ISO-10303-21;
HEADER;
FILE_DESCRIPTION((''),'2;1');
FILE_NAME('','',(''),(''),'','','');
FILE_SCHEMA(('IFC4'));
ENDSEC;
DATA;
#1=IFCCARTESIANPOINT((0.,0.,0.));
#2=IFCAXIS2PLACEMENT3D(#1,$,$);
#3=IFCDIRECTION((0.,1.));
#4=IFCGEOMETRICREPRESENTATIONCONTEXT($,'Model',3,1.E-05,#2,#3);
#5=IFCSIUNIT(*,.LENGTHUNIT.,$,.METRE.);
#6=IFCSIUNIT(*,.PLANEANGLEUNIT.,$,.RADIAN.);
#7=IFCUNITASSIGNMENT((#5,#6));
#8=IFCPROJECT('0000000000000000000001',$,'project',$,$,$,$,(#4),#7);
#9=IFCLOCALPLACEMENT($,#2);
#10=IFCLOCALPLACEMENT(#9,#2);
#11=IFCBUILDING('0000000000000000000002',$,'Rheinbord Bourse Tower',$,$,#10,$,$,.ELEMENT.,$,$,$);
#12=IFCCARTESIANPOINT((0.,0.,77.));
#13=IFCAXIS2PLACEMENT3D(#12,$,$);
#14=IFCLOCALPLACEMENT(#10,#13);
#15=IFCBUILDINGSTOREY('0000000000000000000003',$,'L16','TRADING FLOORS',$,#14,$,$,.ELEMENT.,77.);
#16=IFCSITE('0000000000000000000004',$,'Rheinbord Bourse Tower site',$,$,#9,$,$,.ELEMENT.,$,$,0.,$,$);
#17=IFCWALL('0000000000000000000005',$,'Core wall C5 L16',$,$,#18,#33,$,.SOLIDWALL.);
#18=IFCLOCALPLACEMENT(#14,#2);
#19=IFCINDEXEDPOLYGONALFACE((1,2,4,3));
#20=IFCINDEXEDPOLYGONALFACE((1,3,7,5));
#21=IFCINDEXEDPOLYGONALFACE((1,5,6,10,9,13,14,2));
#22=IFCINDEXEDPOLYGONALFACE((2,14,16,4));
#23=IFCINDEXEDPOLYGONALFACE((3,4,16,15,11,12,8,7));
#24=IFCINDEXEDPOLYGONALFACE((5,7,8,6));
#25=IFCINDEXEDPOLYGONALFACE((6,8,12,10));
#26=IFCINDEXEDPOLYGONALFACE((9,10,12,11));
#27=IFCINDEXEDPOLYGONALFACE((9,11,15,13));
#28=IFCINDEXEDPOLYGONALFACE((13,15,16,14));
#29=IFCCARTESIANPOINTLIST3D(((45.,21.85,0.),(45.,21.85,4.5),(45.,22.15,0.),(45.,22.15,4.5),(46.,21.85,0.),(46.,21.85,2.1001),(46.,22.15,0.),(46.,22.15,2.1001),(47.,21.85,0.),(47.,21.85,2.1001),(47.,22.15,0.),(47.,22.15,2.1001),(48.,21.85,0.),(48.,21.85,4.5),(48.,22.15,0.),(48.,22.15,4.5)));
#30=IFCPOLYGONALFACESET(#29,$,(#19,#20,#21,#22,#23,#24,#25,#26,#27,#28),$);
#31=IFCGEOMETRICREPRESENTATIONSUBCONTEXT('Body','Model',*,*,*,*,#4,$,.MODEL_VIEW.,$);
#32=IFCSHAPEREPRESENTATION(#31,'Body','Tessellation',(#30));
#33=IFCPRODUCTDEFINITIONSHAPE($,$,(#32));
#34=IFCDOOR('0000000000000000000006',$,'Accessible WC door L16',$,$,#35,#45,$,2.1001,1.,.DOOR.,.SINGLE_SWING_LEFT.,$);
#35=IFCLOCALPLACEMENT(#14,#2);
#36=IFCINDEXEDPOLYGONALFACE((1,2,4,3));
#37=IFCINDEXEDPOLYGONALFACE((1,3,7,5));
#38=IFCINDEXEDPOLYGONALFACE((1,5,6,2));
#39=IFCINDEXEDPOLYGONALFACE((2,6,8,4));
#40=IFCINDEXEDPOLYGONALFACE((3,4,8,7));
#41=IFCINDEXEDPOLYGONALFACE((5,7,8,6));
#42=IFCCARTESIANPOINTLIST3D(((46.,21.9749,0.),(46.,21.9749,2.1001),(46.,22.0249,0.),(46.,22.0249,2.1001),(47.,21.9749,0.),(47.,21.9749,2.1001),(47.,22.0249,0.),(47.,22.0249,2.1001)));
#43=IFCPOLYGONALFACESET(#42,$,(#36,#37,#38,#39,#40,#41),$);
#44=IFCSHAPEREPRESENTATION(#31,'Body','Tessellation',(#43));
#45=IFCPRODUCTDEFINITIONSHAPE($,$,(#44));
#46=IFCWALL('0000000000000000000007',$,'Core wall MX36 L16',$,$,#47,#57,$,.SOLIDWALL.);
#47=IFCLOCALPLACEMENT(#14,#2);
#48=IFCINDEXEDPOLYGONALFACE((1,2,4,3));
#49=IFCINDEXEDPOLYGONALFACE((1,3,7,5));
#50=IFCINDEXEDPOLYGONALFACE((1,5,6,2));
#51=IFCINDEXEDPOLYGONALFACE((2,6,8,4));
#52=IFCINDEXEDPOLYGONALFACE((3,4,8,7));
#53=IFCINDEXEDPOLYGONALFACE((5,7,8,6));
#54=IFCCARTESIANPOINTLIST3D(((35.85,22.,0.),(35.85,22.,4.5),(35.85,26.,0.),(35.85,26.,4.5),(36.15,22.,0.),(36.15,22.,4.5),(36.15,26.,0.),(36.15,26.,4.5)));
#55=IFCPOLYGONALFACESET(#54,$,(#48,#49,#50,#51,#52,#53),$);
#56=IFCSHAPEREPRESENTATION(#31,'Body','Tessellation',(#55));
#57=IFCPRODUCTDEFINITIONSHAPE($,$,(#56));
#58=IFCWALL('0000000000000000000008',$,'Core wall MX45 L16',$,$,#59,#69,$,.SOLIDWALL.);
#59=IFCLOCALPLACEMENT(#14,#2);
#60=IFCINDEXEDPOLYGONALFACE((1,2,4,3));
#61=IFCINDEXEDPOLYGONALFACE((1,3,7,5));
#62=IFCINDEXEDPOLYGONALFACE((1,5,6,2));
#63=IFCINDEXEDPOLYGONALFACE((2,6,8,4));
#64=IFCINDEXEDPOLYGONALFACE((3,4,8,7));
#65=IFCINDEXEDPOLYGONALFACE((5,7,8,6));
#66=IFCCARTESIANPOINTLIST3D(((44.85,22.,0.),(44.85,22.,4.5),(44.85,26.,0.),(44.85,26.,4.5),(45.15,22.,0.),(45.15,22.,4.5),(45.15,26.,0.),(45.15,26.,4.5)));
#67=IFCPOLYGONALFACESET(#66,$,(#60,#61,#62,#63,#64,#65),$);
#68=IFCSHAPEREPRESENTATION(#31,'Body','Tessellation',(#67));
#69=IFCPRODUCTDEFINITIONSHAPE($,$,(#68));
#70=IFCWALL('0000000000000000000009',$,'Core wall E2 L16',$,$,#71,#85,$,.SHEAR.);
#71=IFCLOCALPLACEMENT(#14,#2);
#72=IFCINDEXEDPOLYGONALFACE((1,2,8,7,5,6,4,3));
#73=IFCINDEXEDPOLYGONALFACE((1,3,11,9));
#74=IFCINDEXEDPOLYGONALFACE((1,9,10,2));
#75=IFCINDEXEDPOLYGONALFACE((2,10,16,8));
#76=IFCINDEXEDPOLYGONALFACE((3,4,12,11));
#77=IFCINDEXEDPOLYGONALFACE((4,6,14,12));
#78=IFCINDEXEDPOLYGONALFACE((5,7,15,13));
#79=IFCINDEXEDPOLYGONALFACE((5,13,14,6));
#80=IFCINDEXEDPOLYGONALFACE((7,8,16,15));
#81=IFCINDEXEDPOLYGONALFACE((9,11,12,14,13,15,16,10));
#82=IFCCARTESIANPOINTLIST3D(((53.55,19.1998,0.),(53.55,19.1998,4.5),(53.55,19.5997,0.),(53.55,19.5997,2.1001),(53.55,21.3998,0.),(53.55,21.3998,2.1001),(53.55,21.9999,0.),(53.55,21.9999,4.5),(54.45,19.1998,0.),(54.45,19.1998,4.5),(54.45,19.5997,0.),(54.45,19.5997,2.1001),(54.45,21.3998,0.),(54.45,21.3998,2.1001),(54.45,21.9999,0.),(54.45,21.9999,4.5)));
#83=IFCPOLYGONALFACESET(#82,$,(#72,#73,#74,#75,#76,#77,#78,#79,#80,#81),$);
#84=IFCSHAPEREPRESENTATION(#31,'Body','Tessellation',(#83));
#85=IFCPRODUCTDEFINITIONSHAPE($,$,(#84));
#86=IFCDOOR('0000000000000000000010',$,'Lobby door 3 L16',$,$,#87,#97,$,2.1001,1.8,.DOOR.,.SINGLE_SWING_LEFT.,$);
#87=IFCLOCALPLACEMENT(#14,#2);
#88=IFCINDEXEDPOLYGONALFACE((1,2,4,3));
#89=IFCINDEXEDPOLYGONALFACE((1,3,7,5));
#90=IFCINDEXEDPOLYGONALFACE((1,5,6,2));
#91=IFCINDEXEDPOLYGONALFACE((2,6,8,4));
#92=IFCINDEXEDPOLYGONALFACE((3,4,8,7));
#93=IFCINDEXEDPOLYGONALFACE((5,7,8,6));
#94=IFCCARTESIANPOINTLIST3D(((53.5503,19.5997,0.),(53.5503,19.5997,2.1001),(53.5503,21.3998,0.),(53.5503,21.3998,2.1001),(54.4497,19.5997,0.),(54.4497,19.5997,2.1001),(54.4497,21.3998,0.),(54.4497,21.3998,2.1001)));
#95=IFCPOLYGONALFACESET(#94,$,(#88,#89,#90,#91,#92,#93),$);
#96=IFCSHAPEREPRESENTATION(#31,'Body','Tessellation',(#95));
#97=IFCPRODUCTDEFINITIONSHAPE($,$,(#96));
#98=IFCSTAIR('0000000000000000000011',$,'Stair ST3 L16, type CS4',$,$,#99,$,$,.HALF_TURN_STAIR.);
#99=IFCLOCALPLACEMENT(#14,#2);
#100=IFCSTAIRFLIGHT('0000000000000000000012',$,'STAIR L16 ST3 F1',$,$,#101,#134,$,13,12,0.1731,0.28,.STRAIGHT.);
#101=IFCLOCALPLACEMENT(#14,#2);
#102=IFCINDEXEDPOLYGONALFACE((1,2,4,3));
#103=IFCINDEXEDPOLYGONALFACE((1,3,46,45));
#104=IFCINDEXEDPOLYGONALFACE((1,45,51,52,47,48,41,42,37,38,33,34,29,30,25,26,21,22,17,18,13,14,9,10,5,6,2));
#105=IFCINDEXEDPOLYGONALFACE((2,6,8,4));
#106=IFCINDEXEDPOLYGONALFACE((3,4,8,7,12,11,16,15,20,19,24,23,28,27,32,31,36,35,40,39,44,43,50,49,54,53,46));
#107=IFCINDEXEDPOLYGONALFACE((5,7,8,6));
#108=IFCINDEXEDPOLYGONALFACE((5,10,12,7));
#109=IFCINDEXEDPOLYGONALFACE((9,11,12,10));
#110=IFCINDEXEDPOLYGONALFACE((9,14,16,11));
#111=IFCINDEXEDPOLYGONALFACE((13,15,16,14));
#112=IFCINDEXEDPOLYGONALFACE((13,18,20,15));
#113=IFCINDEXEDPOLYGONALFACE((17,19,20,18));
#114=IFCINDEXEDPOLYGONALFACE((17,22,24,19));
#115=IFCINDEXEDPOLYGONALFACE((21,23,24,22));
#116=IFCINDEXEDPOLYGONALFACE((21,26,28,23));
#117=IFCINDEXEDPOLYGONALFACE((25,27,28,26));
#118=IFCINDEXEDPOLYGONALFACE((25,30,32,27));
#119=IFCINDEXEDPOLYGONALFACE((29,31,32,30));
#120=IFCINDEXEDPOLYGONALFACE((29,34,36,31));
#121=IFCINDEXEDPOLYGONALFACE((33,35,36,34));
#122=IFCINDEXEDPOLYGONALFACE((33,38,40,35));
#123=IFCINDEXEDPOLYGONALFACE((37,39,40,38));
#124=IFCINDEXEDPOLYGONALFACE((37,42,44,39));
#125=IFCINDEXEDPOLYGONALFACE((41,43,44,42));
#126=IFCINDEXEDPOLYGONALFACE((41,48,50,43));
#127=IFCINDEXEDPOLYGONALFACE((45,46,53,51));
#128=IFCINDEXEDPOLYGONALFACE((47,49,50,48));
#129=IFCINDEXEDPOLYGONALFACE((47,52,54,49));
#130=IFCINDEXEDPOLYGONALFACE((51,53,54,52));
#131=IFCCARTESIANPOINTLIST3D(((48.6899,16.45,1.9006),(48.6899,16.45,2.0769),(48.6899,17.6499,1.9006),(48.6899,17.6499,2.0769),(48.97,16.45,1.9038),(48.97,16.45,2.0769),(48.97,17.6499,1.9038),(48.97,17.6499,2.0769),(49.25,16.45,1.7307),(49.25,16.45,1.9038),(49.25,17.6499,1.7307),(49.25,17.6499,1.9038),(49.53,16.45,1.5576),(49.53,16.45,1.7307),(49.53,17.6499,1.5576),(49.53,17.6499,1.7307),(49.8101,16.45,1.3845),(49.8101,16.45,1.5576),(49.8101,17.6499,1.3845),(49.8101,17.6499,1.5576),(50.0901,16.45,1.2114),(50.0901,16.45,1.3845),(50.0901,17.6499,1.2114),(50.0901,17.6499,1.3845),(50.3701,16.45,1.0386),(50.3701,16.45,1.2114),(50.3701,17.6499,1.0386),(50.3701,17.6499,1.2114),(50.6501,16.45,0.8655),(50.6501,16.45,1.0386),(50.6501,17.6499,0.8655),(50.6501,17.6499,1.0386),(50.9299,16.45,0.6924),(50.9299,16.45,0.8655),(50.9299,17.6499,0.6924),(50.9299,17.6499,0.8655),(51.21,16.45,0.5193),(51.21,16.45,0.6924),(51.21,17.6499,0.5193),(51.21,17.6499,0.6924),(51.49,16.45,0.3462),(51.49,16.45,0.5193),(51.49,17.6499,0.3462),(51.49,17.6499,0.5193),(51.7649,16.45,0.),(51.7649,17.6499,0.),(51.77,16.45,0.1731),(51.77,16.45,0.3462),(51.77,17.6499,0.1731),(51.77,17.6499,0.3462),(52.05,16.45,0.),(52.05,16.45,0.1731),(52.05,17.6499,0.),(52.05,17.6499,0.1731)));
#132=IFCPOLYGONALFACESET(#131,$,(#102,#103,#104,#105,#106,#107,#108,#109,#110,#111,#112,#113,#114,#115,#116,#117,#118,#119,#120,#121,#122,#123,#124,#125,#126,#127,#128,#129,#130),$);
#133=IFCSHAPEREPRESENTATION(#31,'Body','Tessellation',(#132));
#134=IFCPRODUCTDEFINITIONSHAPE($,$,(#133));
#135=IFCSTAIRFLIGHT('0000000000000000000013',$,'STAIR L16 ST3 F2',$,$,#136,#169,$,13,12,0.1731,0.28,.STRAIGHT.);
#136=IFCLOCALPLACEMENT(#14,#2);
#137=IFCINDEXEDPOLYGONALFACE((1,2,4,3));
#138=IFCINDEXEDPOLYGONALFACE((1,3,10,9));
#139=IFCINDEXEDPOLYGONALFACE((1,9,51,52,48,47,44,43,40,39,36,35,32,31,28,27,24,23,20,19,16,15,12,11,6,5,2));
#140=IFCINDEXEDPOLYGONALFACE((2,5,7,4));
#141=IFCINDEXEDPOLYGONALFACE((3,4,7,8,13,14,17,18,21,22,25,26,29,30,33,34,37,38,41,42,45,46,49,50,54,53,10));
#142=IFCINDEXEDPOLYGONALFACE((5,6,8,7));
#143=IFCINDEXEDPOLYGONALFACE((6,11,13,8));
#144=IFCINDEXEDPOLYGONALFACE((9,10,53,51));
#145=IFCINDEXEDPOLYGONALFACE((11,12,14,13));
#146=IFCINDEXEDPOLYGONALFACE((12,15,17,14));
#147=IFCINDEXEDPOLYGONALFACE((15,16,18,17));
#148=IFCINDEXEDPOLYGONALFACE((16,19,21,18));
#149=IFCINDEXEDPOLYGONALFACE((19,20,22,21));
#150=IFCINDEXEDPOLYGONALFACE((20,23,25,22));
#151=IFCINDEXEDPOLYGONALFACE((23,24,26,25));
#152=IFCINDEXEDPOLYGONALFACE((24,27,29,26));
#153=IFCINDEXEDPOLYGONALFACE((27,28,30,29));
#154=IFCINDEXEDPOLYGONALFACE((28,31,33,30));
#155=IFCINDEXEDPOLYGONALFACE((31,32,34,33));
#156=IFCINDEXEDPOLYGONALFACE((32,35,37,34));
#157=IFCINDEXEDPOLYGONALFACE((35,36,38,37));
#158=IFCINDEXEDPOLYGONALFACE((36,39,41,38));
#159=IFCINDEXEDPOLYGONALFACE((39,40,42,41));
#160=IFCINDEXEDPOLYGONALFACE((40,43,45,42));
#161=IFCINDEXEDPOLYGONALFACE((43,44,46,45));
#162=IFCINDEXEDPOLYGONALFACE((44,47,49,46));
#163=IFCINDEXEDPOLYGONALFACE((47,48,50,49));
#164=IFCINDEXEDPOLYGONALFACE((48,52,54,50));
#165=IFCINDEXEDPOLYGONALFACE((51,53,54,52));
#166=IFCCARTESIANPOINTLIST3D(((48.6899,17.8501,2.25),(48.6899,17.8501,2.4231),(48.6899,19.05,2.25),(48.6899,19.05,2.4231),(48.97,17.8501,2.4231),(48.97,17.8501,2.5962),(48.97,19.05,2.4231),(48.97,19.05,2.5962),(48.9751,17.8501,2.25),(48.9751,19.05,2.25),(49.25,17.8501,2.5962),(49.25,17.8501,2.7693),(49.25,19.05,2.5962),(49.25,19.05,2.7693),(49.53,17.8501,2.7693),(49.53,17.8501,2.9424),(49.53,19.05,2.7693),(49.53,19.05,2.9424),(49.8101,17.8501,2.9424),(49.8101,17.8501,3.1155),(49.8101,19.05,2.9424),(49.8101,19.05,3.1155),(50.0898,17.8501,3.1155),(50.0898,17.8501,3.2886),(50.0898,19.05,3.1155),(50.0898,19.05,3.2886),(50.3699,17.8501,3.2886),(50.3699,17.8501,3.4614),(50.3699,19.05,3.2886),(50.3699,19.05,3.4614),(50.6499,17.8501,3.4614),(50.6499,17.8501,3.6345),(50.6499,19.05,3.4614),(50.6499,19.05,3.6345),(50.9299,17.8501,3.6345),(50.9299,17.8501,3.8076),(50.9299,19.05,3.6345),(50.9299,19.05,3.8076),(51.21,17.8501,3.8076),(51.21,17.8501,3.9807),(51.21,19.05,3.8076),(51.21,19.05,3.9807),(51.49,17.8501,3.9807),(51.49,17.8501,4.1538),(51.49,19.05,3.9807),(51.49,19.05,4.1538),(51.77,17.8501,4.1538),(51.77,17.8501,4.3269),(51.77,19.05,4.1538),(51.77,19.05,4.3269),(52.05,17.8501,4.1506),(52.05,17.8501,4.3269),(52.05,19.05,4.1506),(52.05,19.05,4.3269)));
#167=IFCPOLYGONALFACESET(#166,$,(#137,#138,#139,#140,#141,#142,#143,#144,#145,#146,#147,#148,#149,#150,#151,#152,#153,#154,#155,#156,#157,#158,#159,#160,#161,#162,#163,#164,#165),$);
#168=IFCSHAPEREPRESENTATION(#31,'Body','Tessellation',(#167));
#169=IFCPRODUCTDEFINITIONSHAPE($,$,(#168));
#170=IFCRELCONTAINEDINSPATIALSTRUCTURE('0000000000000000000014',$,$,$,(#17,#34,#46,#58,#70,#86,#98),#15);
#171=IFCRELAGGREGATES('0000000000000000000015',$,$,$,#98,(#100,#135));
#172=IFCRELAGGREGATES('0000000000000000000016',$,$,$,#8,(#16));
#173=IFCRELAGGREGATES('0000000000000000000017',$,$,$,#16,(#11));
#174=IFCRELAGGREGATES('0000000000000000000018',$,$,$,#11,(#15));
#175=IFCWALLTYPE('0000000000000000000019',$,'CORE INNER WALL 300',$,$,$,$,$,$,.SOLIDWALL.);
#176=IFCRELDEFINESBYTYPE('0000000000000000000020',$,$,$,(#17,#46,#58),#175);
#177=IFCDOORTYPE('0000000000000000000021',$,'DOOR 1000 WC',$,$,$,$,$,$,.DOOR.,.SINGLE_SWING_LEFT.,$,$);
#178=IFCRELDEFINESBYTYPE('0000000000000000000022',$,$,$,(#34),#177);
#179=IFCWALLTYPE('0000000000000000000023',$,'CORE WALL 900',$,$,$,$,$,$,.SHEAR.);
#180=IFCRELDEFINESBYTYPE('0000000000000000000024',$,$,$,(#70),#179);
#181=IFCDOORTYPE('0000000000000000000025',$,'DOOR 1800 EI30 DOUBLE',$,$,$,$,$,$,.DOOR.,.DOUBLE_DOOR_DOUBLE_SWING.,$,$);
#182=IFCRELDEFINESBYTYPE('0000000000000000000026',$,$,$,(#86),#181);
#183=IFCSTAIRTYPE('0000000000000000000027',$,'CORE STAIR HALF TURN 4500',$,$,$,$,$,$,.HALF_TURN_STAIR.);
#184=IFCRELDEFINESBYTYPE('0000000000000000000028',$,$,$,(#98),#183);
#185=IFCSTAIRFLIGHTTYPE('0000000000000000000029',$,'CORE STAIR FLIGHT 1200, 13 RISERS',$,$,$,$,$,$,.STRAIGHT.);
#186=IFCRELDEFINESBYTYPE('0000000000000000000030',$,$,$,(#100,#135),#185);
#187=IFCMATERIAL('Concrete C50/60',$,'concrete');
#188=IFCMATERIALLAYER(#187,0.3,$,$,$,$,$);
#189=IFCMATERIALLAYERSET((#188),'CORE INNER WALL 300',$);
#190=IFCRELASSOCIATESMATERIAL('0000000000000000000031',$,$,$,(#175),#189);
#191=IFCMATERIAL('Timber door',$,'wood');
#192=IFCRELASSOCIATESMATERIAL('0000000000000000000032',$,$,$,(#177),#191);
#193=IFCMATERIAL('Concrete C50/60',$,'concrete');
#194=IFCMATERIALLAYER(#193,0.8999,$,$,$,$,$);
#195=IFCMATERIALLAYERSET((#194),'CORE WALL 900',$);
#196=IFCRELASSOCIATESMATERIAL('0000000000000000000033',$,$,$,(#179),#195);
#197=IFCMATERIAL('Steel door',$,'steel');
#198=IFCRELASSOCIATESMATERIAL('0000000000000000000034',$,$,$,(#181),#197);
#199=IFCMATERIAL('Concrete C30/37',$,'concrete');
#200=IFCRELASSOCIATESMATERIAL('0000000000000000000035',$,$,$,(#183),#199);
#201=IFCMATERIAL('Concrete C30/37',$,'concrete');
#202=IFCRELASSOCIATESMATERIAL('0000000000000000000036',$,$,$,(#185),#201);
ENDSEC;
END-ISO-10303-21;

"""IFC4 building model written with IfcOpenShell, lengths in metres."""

from ifc_helpers import new_model, si_unit, direction, frame, frame_2d, origin, place, context, subcontext, project, spatial, polyline, rectangle, outline, extrude, material, layer, layer_set, type_object, element, fill, aggregate, save


model = new_model("IFC4")

# Units and contexts
model_context = context("Model", 3, precision=1e-05, world=origin(), true_north=direction((0.0, 1.0)))
body_context = subcontext(model_context, "Body", "Model", "MODEL_VIEW")
ifc_project = project(units=[si_unit("LENGTHUNIT", "METRE"), si_unit("PLANEANGLEUNIT", "RADIAN")], contexts=[model_context])

# Site, building, storey
site_placement = place(None, origin())
site = spatial("IfcSite", under=ifc_project, at=site_placement, Name="Rheinbord Bourse Tower site", CompositionType="ELEMENT", RefElevation=0.0)
building_placement = place(site_placement, origin())
building = spatial("IfcBuilding", under=site, at=building_placement, Name="Rheinbord Bourse Tower", CompositionType="ELEMENT")
storey_placement = place(building_placement, frame((0.0, 0.0, 77.0)))
storey = spatial("IfcBuildingStorey", under=building, at=storey_placement, Name="L16", Description="TRADING FLOORS", CompositionType="ELEMENT", Elevation=77.0)

# Shared definitions
ifc_material_1 = material(Name="Concrete C50/60", Category="concrete")
ifc_layer_1 = layer(ifc_material_1, 0.3)
ifc_layer_set_1 = layer_set([ifc_layer_1], Name="CORE INNER WALL 300")
wall_type_1 = type_object("IfcWallType", Name="CORE INNER WALL 300", PredefinedType="SOLIDWALL", material=ifc_layer_set_1)

# Wall, opening, door
wall_1_placement = place(storey_placement, frame((45.0, 22.0, 0.0), z_axis=(0.0, 0.0, 1.0), x_axis=(1.0, 0.0, 0.0)))
wall_1 = element("IfcWall", 1, at=wall_1_placement, inside=storey, type_object=wall_type_1, Name="Core wall C5 L16", PredefinedType="SOLIDWALL", context=body_context, shape_type="SweptSolid", body=[
    extrude(rectangle(XDim=3.0, YDim=0.3, at=frame_2d((1.5, 0.0))), origin(), (0.0, 0.0, 1.0), 4.5),
])
opening_1_placement = place(wall_1_placement, frame((1.0, 0.0, 0.0)))
opening_1 = element("IfcOpeningElement", 2, at=opening_1_placement, cuts=wall_1, PredefinedType="OPENING", context=body_context, shape_type="SweptSolid", body=[
    extrude(rectangle(XDim=1.0, YDim=2.1001, at=frame_2d((0.5, 1.05))), frame((0.0, 0.1599, 0.0), z_axis=(0.0, -1.0, 0.0), x_axis=(1.0, 0.0, 0.0)), (0.0, 0.0, 1.0), 0.3201),
])
ifc_material_2 = material(Name="Timber door", Category="wood")
door_type_1 = type_object("IfcDoorType", Name="DOOR 1000 WC", OperationType="SINGLE_SWING_LEFT", PredefinedType="DOOR", material=ifc_material_2)
door_1_placement = place(opening_1_placement, origin())
door_1 = element("IfcDoor", 3, at=door_1_placement, inside=storey, type_object=door_type_1, Name="Accessible WC door L16", OperationType="SINGLE_SWING_LEFT", OverallHeight=2.1001, OverallWidth=1.0, PredefinedType="DOOR", context=body_context, shape_type="SweptSolid", body=[
    extrude(rectangle(XDim=1.0, YDim=2.1001, at=frame_2d((0.5, 1.05))), frame((0.0, 0.0249, 0.0), z_axis=(0.0, -1.0, 0.0), x_axis=(1.0, 0.0, 0.0)), (0.0, 0.0, 1.0), 0.05),
])
fill(opening_1, door_1)

# Walls
for number, where, z_axis, x_axis, name in (
    (4, (36.0, 22.0, 0.0), (0.0, 0.0, 1.0), (0.0, 1.0, 0.0), "Core wall MX36 L16"),
    (5, (45.0, 22.0, 0.0), (0.0, 0.0, 1.0), (0.0, 1.0, 0.0), "Core wall MX45 L16"),
):
    element("IfcWall", number, at=place(storey_placement, frame(where, z_axis=z_axis, x_axis=x_axis)), inside=storey, type_object=wall_type_1, Name=name, PredefinedType="SOLIDWALL", context=body_context, shape_type="SweptSolid", body=[
        extrude(rectangle(XDim=4.0, YDim=0.3, at=frame_2d((2.0, 0.0))), origin(), (0.0, 0.0, 1.0), 4.5),
    ])

# Wall, opening, door
ifc_material_3 = material(Name="Concrete C50/60", Category="concrete")
ifc_layer_2 = layer(ifc_material_3, 0.8999)
ifc_layer_set_2 = layer_set([ifc_layer_2], Name="CORE WALL 900")
wall_type_2 = type_object("IfcWallType", Name="CORE WALL 900", PredefinedType="SHEAR", material=ifc_layer_set_2)
wall_2_placement = place(storey_placement, frame((54.0, 19.2, 0.0), z_axis=(0.0, 0.0, 1.0), x_axis=(0.0, 1.0, 0.0)))
wall_2 = element("IfcWall", 6, at=wall_2_placement, inside=storey, type_object=wall_type_2, Name="Core wall E2 L16", PredefinedType="SHEAR", context=body_context, shape_type="SweptSolid", body=[
    extrude(rectangle(XDim=2.8, YDim=0.8999, at=frame_2d((1.3999, 0.0))), origin(), (0.0, 0.0, 1.0), 4.5),
])
opening_2_placement = place(wall_2_placement, frame((0.3999, 0.0, 0.0)))
opening_2 = element("IfcOpeningElement", 7, at=opening_2_placement, cuts=wall_2, PredefinedType="OPENING", context=body_context, shape_type="SweptSolid", body=[
    extrude(rectangle(XDim=1.8, YDim=2.1001, at=frame_2d((0.8999, 1.05))), frame((0.0, 0.46, 0.0), z_axis=(0.0, -1.0, 0.0), x_axis=(1.0, 0.0, 0.0)), (0.0, 0.0, 1.0), 0.9199),
])
ifc_material_4 = material(Name="Steel door", Category="steel")
door_type_2 = type_object("IfcDoorType", Name="DOOR 1800 EI30 DOUBLE", OperationType="DOUBLE_DOOR_DOUBLE_SWING", PredefinedType="DOOR", material=ifc_material_4)
door_2_placement = place(opening_2_placement, origin())
door_2 = element("IfcDoor", 8, at=door_2_placement, inside=storey, type_object=door_type_2, Name="Lobby door 3 L16", OperationType="SINGLE_SWING_LEFT", OverallHeight=2.1001, OverallWidth=1.8, PredefinedType="DOOR", context=body_context, shape_type="SweptSolid", body=[
    extrude(rectangle(XDim=1.8, YDim=2.1001, at=frame_2d((0.8999, 1.05))), frame((0.0, 0.4497, 0.0), z_axis=(0.0, -1.0, 0.0), x_axis=(1.0, 0.0, 0.0)), (0.0, 0.0, 1.0), 0.8994),
])
fill(opening_2, door_2)

# Stair, stair flights
ifc_material_5 = material(Name="Concrete C30/37", Category="concrete")
stair_type = type_object("IfcStairType", Name="CORE STAIR HALF TURN 4500", PredefinedType="HALF_TURN_STAIR", material=ifc_material_5)
stair_placement = place(storey_placement, origin())
stair = element("IfcStair", 9, at=stair_placement, inside=storey, type_object=stair_type, Name="Stair ST3 L16, type CS4", PredefinedType="HALF_TURN_STAIR")
ifc_material_6 = material(Name="Concrete C30/37", Category="concrete")
stair_flight_type = type_object("IfcStairFlightType", Name="CORE STAIR FLIGHT 1200, 13 RISERS", PredefinedType="STRAIGHT", material=ifc_material_6)
stair_flight_1_placement = place(storey_placement, frame((52.05, 17.05, 0.0), z_axis=(0.0, 0.0, 1.0), x_axis=(-1.0, 0.0, 0.0)))
stair_flight_1 = element("IfcStairFlight", 10, at=stair_flight_1_placement, type_object=stair_flight_type, Name="STAIR L16 ST3 F1", NumberOfRisers=13, NumberOfTreads=12, PredefinedType="STRAIGHT", RiserHeight=0.1731, TreadLength=0.28, context=body_context, shape_type="SweptSolid", body=[
    extrude(outline(polyline([(0.0, 0.0), (0.0, 0.1731), (0.28, 0.1731), (0.28, 0.3462), (0.5601, 0.3462), (0.5601, 0.5193), (0.8401, 0.5193), (0.8401, 0.6924), (1.1201, 0.6924), (1.1201, 0.8655), (1.3999, 0.8655), (1.3999, 1.0386), (1.6799, 1.0386), (1.6799, 1.2114), (1.96, 1.2114), (1.96, 1.3845), (2.24, 1.3845), (2.24, 1.5576), (2.52, 1.5576), (2.52, 1.7307), (2.8, 1.7307), (2.8, 1.9038), (3.0801, 1.9038), (3.0801, 2.0769), (3.3601, 2.0769), (3.3601, 2.25), (3.3601, 1.9006), (0.2852, 0.0), (0.0, 0.0)])), frame((0.0, 0.6001, 0.0), z_axis=(0.0, -1.0, 0.0), x_axis=(1.0, 0.0, 0.0)), (0.0, 0.0, 1.0), 1.2),
])
stair_flight_2_placement = place(storey_placement, frame((48.6899, 18.45, 2.25), z_axis=(0.0, 0.0, 1.0), x_axis=(1.0, 0.0, 0.0)))
stair_flight_2 = element("IfcStairFlight", 11, at=stair_flight_2_placement, type_object=stair_flight_type, Name="STAIR L16 ST3 F2", NumberOfRisers=13, NumberOfTreads=12, PredefinedType="STRAIGHT", RiserHeight=0.1731, TreadLength=0.28, context=body_context, shape_type="SweptSolid", body=[
    extrude(outline(polyline([(0.0, 0.0), (0.0, 0.1731), (0.28, 0.1731), (0.28, 0.3462), (0.5601, 0.3462), (0.5601, 0.5193), (0.8401, 0.5193), (0.8401, 0.6924), (1.1201, 0.6924), (1.1201, 0.8655), (1.3999, 0.8655), (1.3999, 1.0386), (1.6799, 1.0386), (1.6799, 1.2114), (1.96, 1.2114), (1.96, 1.3845), (2.24, 1.3845), (2.24, 1.5576), (2.52, 1.5576), (2.52, 1.7307), (2.8, 1.7307), (2.8, 1.9038), (3.0801, 1.9038), (3.0801, 2.0769), (3.3601, 2.0769), (3.3601, 2.25), (3.3601, 1.9006), (0.2852, 0.0), (0.0, 0.0)])), frame((0.0, 0.6001, 0.0), z_axis=(0.0, -1.0, 0.0), x_axis=(1.0, 0.0, 0.0)), (0.0, 0.0, 1.0), 1.2),
])
aggregate(stair, [stair_flight_1, stair_flight_2])

save(model, "model.ifc")
